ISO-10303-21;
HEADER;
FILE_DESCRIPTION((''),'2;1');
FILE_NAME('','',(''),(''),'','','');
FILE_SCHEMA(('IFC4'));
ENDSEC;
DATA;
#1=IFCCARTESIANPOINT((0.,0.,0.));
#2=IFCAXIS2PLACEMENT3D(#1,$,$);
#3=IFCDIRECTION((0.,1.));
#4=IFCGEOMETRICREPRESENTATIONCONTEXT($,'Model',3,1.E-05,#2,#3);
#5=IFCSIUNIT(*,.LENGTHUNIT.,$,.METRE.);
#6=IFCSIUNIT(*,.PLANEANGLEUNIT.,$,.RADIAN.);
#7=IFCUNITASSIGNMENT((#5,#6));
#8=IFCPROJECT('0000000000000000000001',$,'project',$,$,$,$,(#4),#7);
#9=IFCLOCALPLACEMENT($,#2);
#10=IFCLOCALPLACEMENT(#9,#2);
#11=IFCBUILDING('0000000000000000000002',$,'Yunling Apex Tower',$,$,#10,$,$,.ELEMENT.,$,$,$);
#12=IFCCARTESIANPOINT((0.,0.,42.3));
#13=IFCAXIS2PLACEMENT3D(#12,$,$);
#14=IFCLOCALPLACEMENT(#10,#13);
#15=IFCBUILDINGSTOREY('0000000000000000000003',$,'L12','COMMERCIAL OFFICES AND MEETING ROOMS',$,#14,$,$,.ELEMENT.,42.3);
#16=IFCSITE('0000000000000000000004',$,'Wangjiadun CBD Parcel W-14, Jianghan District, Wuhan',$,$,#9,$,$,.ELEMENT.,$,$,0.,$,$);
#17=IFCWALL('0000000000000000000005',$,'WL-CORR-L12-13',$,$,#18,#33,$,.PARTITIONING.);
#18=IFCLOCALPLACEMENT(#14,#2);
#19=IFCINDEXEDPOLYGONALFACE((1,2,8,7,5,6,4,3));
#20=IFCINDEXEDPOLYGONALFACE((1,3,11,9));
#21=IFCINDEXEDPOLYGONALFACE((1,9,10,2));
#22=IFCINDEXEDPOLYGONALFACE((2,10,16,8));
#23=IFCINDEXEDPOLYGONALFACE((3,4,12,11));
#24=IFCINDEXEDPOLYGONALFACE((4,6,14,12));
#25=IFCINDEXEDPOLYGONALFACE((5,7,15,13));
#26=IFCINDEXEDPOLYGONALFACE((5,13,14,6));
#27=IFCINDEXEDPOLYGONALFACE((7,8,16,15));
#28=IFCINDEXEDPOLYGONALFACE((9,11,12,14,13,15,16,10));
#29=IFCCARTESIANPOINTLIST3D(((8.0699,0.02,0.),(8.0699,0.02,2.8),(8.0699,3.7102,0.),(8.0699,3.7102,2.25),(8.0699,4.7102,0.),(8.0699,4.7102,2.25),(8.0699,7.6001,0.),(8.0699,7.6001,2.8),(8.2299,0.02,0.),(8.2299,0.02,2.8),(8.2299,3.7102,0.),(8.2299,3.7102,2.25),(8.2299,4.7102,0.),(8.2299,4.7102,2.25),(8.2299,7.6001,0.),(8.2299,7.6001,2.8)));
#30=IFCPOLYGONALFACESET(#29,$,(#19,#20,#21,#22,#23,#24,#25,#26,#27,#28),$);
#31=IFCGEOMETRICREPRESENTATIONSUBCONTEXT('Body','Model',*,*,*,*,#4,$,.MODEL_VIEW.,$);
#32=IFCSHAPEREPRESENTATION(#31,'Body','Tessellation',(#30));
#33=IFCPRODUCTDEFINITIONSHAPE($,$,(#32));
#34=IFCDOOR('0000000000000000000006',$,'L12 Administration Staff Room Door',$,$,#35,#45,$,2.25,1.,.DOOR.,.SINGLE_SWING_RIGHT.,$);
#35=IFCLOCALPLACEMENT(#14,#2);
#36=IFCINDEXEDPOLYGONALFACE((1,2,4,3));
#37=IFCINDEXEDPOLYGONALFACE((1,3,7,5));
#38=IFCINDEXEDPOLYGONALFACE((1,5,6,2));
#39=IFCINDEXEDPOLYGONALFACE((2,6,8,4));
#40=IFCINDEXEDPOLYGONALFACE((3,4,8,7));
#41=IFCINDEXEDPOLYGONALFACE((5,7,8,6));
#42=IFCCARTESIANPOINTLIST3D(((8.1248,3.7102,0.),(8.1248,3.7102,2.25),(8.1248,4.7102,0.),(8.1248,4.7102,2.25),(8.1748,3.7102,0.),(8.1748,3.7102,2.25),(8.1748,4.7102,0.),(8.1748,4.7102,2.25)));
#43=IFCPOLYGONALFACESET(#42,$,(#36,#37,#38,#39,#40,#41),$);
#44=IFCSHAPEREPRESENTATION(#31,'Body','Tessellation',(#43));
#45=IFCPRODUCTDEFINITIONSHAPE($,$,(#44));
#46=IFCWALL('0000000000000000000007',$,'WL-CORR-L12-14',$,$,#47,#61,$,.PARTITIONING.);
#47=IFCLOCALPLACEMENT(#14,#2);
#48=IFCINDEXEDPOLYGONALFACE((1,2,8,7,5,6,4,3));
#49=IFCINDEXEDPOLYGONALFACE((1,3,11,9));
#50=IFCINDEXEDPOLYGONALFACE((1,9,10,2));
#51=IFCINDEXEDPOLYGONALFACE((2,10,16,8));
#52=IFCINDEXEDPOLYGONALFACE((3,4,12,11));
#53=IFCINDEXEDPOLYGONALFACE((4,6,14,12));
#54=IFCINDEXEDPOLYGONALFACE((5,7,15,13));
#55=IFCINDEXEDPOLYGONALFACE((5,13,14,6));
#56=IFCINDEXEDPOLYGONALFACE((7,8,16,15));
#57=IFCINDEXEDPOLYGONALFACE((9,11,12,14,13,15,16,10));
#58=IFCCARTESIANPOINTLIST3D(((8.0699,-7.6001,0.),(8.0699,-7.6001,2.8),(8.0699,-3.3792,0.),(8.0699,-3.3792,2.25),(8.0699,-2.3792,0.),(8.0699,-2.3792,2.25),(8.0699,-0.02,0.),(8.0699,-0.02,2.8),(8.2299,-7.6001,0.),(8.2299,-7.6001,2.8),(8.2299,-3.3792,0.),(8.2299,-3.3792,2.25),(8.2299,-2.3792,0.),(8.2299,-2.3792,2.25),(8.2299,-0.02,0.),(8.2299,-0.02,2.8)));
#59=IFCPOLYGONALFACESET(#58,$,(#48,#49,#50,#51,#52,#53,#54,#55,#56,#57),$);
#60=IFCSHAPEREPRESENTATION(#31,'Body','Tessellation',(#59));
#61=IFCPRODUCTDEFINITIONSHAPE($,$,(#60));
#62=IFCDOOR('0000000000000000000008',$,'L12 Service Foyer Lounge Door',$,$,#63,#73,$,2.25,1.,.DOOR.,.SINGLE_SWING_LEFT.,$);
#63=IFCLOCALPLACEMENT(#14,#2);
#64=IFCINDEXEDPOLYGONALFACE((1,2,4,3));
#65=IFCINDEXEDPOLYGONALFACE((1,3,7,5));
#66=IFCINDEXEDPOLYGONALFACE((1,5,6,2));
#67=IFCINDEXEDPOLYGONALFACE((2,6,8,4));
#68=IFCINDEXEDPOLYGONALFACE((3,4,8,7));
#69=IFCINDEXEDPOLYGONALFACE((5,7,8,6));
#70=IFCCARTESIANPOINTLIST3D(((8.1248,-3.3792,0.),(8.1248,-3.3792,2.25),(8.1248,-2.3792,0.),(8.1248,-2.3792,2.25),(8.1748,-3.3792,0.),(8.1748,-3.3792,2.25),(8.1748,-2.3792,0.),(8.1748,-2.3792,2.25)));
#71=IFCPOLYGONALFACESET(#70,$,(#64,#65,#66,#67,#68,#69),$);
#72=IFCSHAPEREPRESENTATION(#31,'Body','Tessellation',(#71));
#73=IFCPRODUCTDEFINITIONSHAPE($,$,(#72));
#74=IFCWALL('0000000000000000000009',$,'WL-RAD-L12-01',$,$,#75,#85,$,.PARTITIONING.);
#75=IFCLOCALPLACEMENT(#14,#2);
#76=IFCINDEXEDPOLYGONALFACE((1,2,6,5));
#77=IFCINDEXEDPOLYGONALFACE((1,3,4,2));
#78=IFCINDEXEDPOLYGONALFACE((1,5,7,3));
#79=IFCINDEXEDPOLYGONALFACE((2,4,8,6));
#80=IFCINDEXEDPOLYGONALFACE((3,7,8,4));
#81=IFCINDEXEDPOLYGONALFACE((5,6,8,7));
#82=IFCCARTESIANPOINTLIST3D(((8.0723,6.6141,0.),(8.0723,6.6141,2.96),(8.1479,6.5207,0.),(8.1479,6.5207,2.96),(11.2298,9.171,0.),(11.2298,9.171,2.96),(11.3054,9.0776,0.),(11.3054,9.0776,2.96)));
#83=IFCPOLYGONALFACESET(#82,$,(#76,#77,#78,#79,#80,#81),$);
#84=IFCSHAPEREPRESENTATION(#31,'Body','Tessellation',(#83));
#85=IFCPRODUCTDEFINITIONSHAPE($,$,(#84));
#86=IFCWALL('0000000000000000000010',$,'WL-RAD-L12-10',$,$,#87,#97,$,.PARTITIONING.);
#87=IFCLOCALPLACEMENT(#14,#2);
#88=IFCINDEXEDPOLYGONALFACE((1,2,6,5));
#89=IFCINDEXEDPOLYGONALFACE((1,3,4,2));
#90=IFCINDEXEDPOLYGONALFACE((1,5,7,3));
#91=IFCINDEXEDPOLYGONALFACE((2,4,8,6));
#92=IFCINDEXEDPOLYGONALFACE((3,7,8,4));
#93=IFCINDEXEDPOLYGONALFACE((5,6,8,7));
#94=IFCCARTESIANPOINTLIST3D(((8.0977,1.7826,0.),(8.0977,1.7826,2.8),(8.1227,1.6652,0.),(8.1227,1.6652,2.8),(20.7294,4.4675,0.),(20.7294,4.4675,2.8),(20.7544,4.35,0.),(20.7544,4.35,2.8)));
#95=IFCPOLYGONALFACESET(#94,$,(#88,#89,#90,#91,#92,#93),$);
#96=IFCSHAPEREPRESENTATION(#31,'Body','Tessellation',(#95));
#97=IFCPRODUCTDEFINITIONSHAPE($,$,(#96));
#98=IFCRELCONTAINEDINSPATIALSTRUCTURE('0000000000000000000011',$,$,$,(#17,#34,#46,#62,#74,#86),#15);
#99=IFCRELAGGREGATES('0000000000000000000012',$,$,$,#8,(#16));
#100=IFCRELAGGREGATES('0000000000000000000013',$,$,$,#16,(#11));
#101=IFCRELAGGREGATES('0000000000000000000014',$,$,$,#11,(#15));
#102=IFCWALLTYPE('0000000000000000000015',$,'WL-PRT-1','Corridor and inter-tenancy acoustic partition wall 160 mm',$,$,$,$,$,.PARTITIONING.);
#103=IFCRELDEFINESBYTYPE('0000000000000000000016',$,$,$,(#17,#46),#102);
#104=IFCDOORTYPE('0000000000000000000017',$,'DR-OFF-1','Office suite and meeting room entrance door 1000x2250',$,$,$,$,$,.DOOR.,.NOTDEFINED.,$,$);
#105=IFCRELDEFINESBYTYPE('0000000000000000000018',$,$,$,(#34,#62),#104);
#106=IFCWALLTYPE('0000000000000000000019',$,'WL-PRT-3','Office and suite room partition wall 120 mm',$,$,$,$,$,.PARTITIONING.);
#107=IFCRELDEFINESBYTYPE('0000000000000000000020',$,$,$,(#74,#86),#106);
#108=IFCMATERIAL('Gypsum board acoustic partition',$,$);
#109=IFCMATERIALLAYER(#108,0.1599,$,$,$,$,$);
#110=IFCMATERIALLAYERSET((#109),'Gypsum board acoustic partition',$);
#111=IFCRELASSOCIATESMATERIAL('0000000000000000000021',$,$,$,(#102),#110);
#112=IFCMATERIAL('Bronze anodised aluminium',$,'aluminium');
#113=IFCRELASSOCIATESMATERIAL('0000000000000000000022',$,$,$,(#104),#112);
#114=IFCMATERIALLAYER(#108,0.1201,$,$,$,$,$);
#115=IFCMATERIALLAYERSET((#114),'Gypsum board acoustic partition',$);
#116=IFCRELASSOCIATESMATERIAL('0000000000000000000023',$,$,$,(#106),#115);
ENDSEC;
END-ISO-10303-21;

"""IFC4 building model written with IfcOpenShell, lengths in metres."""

from ifc_helpers import new_model, si_unit, direction, frame, frame_2d, origin, place, context, subcontext, project, spatial, rectangle, extrude, material, layer, layer_set, type_object, element, fill, save


model = new_model("IFC4")

# Units and contexts
model_context = context("Model", 3, precision=1e-05, world=origin(), true_north=direction((0.0, 1.0)))
body_context = subcontext(model_context, "Body", "Model", "MODEL_VIEW")
ifc_project = project(units=[si_unit("LENGTHUNIT", "METRE"), si_unit("PLANEANGLEUNIT", "RADIAN")], contexts=[model_context])

# Site, building, storey
site_placement = place(None, origin())
site = spatial("IfcSite", under=ifc_project, at=site_placement, Name="Wangjiadun CBD Parcel W-14, Jianghan District, Wuhan", CompositionType="ELEMENT", RefElevation=0.0)
building_placement = place(site_placement, origin())
building = spatial("IfcBuilding", under=site, at=building_placement, Name="Yunling Apex Tower", CompositionType="ELEMENT")
storey_placement = place(building_placement, frame((0.0, 0.0, 42.3)))
storey = spatial("IfcBuildingStorey", under=building, at=storey_placement, Name="L12", Description="COMMERCIAL OFFICES AND MEETING ROOMS", CompositionType="ELEMENT", Elevation=42.3)

# Shared definitions
ifc_material_1 = material(Name="Bronze anodised aluminium", Category="aluminium")

# Walls, openings, doors
ifc_material_2 = material(Name="Gypsum board acoustic partition")
ifc_layer_1 = layer(ifc_material_2, 0.1599)
ifc_layer_set_1 = layer_set([ifc_layer_1], Name="Gypsum board acoustic partition")
wall_type_1 = type_object("IfcWallType", Name="WL-PRT-1", Description="Corridor and inter-tenancy acoustic partition wall 160 mm", PredefinedType="PARTITIONING", material=ifc_layer_set_1)
wall_1_placement = place(storey_placement, frame((8.1499, 7.6001, 0.0), z_axis=(0.0, 0.0, 1.0), x_axis=(0.0, -1.0, 0.0)))
wall_1 = element("IfcWall", 1, at=wall_1_placement, inside=storey, type_object=wall_type_1, Name="WL-CORR-L12-13", PredefinedType="PARTITIONING", context=body_context, shape_type="SweptSolid", body=[
    extrude(rectangle(XDim=7.5801, YDim=0.1599, at=frame_2d((3.79, 0.0))), origin(), (0.0, 0.0, 1.0), 2.8),
])
opening_1_placement = place(wall_1_placement, frame((2.8899, 0.0, 0.0)))
opening_1 = element("IfcOpeningElement", 2, at=opening_1_placement, cuts=wall_1, PredefinedType="OPENING", context=body_context, shape_type="SweptSolid", body=[
    extrude(rectangle(XDim=1.0, YDim=2.25, at=frame_2d((0.5, 1.125))), frame((0.0, 0.0898, 0.0), z_axis=(0.0, -1.0, 0.0), x_axis=(1.0, 0.0, 0.0)), (0.0, 0.0, 1.0), 0.1799),
])
door_type = type_object("IfcDoorType", Name="DR-OFF-1", Description="Office suite and meeting room entrance door 1000x2250", OperationType="NOTDEFINED", PredefinedType="DOOR", material=ifc_material_1)
door_1_placement = place(opening_1_placement, origin())
door_1 = element("IfcDoor", 3, at=door_1_placement, inside=storey, type_object=door_type, Name="L12 Administration Staff Room Door", OperationType="SINGLE_SWING_RIGHT", OverallHeight=2.25, OverallWidth=1.0, PredefinedType="DOOR", context=body_context, shape_type="SweptSolid", body=[
    extrude(rectangle(XDim=1.0, YDim=2.25, at=frame_2d((0.5, 1.125))), frame((0.0, 0.0249, 0.0), z_axis=(0.0, -1.0, 0.0), x_axis=(1.0, 0.0, 0.0)), (0.0, 0.0, 1.0), 0.05),
])
fill(opening_1, door_1)
wall_2_placement = place(storey_placement, frame((8.1499, -0.02, 0.0), z_axis=(0.0, 0.0, 1.0), x_axis=(0.0, -1.0, 0.0)))
wall_2 = element("IfcWall", 4, at=wall_2_placement, inside=storey, type_object=wall_type_1, Name="WL-CORR-L12-14", PredefinedType="PARTITIONING", context=body_context, shape_type="SweptSolid", body=[
    extrude(rectangle(XDim=7.5801, YDim=0.1599, at=frame_2d((3.79, 0.0))), origin(), (0.0, 0.0, 1.0), 2.8),
])
opening_2_placement = place(wall_2_placement, frame((2.3591, 0.0, 0.0)))
opening_2 = element("IfcOpeningElement", 5, at=opening_2_placement, cuts=wall_2, PredefinedType="OPENING", context=body_context, shape_type="SweptSolid", body=[
    extrude(rectangle(XDim=1.0, YDim=2.25, at=frame_2d((0.5, 1.125))), frame((0.0, 0.0898, 0.0), z_axis=(0.0, -1.0, 0.0), x_axis=(1.0, 0.0, 0.0)), (0.0, 0.0, 1.0), 0.1799),
])
door_2_placement = place(opening_2_placement, origin())
door_2 = element("IfcDoor", 6, at=door_2_placement, inside=storey, type_object=door_type, Name="L12 Service Foyer Lounge Door", OperationType="SINGLE_SWING_LEFT", OverallHeight=2.25, OverallWidth=1.0, PredefinedType="DOOR", context=body_context, shape_type="SweptSolid", body=[
    extrude(rectangle(XDim=1.0, YDim=2.25, at=frame_2d((0.5, 1.125))), frame((0.0, 0.0249, 0.0), z_axis=(0.0, -1.0, 0.0), x_axis=(1.0, 0.0, 0.0)), (0.0, 0.0, 1.0), 0.05),
])
fill(opening_2, door_2)

# Walls
ifc_layer_2 = layer(ifc_material_2, 0.1201)
ifc_layer_set_2 = layer_set([ifc_layer_2], Name="Gypsum board acoustic partition")
wall_type_2 = type_object("IfcWallType", Name="WL-PRT-3", Description="Office and suite room partition wall 120 mm", PredefinedType="PARTITIONING", material=ifc_layer_set_2)
wall_3_placement = place(storey_placement, frame((8.1101, 6.5674, 0.0), z_axis=(0.0, 0.0, 1.0), x_axis=(0.777144, 0.629323, 0.0)))
element("IfcWall", 7, at=wall_3_placement, inside=storey, type_object=wall_type_2, Name="WL-RAD-L12-01", PredefinedType="PARTITIONING", context=body_context, shape_type="SweptSolid", body=[
    extrude(rectangle(XDim=4.063, YDim=0.1201, at=frame_2d((2.0315, 0.0))), origin(), (0.0, 0.0, 1.0), 2.96),
])
wall_4_placement = place(storey_placement, frame((8.1101, 1.7239, 0.0), z_axis=(0.0, 0.0, 1.0), x_axis=(0.978149, 0.207903, 0.0)))
element("IfcWall", 8, at=wall_4_placement, inside=storey, type_object=wall_type_2, Name="WL-RAD-L12-10", PredefinedType="PARTITIONING", context=body_context, shape_type="SweptSolid", body=[
    extrude(rectangle(XDim=12.9138, YDim=0.1201, at=frame_2d((6.457, 0.0))), origin(), (0.0, 0.0, 1.0), 2.8),
])

save(model, "model.ifc")
